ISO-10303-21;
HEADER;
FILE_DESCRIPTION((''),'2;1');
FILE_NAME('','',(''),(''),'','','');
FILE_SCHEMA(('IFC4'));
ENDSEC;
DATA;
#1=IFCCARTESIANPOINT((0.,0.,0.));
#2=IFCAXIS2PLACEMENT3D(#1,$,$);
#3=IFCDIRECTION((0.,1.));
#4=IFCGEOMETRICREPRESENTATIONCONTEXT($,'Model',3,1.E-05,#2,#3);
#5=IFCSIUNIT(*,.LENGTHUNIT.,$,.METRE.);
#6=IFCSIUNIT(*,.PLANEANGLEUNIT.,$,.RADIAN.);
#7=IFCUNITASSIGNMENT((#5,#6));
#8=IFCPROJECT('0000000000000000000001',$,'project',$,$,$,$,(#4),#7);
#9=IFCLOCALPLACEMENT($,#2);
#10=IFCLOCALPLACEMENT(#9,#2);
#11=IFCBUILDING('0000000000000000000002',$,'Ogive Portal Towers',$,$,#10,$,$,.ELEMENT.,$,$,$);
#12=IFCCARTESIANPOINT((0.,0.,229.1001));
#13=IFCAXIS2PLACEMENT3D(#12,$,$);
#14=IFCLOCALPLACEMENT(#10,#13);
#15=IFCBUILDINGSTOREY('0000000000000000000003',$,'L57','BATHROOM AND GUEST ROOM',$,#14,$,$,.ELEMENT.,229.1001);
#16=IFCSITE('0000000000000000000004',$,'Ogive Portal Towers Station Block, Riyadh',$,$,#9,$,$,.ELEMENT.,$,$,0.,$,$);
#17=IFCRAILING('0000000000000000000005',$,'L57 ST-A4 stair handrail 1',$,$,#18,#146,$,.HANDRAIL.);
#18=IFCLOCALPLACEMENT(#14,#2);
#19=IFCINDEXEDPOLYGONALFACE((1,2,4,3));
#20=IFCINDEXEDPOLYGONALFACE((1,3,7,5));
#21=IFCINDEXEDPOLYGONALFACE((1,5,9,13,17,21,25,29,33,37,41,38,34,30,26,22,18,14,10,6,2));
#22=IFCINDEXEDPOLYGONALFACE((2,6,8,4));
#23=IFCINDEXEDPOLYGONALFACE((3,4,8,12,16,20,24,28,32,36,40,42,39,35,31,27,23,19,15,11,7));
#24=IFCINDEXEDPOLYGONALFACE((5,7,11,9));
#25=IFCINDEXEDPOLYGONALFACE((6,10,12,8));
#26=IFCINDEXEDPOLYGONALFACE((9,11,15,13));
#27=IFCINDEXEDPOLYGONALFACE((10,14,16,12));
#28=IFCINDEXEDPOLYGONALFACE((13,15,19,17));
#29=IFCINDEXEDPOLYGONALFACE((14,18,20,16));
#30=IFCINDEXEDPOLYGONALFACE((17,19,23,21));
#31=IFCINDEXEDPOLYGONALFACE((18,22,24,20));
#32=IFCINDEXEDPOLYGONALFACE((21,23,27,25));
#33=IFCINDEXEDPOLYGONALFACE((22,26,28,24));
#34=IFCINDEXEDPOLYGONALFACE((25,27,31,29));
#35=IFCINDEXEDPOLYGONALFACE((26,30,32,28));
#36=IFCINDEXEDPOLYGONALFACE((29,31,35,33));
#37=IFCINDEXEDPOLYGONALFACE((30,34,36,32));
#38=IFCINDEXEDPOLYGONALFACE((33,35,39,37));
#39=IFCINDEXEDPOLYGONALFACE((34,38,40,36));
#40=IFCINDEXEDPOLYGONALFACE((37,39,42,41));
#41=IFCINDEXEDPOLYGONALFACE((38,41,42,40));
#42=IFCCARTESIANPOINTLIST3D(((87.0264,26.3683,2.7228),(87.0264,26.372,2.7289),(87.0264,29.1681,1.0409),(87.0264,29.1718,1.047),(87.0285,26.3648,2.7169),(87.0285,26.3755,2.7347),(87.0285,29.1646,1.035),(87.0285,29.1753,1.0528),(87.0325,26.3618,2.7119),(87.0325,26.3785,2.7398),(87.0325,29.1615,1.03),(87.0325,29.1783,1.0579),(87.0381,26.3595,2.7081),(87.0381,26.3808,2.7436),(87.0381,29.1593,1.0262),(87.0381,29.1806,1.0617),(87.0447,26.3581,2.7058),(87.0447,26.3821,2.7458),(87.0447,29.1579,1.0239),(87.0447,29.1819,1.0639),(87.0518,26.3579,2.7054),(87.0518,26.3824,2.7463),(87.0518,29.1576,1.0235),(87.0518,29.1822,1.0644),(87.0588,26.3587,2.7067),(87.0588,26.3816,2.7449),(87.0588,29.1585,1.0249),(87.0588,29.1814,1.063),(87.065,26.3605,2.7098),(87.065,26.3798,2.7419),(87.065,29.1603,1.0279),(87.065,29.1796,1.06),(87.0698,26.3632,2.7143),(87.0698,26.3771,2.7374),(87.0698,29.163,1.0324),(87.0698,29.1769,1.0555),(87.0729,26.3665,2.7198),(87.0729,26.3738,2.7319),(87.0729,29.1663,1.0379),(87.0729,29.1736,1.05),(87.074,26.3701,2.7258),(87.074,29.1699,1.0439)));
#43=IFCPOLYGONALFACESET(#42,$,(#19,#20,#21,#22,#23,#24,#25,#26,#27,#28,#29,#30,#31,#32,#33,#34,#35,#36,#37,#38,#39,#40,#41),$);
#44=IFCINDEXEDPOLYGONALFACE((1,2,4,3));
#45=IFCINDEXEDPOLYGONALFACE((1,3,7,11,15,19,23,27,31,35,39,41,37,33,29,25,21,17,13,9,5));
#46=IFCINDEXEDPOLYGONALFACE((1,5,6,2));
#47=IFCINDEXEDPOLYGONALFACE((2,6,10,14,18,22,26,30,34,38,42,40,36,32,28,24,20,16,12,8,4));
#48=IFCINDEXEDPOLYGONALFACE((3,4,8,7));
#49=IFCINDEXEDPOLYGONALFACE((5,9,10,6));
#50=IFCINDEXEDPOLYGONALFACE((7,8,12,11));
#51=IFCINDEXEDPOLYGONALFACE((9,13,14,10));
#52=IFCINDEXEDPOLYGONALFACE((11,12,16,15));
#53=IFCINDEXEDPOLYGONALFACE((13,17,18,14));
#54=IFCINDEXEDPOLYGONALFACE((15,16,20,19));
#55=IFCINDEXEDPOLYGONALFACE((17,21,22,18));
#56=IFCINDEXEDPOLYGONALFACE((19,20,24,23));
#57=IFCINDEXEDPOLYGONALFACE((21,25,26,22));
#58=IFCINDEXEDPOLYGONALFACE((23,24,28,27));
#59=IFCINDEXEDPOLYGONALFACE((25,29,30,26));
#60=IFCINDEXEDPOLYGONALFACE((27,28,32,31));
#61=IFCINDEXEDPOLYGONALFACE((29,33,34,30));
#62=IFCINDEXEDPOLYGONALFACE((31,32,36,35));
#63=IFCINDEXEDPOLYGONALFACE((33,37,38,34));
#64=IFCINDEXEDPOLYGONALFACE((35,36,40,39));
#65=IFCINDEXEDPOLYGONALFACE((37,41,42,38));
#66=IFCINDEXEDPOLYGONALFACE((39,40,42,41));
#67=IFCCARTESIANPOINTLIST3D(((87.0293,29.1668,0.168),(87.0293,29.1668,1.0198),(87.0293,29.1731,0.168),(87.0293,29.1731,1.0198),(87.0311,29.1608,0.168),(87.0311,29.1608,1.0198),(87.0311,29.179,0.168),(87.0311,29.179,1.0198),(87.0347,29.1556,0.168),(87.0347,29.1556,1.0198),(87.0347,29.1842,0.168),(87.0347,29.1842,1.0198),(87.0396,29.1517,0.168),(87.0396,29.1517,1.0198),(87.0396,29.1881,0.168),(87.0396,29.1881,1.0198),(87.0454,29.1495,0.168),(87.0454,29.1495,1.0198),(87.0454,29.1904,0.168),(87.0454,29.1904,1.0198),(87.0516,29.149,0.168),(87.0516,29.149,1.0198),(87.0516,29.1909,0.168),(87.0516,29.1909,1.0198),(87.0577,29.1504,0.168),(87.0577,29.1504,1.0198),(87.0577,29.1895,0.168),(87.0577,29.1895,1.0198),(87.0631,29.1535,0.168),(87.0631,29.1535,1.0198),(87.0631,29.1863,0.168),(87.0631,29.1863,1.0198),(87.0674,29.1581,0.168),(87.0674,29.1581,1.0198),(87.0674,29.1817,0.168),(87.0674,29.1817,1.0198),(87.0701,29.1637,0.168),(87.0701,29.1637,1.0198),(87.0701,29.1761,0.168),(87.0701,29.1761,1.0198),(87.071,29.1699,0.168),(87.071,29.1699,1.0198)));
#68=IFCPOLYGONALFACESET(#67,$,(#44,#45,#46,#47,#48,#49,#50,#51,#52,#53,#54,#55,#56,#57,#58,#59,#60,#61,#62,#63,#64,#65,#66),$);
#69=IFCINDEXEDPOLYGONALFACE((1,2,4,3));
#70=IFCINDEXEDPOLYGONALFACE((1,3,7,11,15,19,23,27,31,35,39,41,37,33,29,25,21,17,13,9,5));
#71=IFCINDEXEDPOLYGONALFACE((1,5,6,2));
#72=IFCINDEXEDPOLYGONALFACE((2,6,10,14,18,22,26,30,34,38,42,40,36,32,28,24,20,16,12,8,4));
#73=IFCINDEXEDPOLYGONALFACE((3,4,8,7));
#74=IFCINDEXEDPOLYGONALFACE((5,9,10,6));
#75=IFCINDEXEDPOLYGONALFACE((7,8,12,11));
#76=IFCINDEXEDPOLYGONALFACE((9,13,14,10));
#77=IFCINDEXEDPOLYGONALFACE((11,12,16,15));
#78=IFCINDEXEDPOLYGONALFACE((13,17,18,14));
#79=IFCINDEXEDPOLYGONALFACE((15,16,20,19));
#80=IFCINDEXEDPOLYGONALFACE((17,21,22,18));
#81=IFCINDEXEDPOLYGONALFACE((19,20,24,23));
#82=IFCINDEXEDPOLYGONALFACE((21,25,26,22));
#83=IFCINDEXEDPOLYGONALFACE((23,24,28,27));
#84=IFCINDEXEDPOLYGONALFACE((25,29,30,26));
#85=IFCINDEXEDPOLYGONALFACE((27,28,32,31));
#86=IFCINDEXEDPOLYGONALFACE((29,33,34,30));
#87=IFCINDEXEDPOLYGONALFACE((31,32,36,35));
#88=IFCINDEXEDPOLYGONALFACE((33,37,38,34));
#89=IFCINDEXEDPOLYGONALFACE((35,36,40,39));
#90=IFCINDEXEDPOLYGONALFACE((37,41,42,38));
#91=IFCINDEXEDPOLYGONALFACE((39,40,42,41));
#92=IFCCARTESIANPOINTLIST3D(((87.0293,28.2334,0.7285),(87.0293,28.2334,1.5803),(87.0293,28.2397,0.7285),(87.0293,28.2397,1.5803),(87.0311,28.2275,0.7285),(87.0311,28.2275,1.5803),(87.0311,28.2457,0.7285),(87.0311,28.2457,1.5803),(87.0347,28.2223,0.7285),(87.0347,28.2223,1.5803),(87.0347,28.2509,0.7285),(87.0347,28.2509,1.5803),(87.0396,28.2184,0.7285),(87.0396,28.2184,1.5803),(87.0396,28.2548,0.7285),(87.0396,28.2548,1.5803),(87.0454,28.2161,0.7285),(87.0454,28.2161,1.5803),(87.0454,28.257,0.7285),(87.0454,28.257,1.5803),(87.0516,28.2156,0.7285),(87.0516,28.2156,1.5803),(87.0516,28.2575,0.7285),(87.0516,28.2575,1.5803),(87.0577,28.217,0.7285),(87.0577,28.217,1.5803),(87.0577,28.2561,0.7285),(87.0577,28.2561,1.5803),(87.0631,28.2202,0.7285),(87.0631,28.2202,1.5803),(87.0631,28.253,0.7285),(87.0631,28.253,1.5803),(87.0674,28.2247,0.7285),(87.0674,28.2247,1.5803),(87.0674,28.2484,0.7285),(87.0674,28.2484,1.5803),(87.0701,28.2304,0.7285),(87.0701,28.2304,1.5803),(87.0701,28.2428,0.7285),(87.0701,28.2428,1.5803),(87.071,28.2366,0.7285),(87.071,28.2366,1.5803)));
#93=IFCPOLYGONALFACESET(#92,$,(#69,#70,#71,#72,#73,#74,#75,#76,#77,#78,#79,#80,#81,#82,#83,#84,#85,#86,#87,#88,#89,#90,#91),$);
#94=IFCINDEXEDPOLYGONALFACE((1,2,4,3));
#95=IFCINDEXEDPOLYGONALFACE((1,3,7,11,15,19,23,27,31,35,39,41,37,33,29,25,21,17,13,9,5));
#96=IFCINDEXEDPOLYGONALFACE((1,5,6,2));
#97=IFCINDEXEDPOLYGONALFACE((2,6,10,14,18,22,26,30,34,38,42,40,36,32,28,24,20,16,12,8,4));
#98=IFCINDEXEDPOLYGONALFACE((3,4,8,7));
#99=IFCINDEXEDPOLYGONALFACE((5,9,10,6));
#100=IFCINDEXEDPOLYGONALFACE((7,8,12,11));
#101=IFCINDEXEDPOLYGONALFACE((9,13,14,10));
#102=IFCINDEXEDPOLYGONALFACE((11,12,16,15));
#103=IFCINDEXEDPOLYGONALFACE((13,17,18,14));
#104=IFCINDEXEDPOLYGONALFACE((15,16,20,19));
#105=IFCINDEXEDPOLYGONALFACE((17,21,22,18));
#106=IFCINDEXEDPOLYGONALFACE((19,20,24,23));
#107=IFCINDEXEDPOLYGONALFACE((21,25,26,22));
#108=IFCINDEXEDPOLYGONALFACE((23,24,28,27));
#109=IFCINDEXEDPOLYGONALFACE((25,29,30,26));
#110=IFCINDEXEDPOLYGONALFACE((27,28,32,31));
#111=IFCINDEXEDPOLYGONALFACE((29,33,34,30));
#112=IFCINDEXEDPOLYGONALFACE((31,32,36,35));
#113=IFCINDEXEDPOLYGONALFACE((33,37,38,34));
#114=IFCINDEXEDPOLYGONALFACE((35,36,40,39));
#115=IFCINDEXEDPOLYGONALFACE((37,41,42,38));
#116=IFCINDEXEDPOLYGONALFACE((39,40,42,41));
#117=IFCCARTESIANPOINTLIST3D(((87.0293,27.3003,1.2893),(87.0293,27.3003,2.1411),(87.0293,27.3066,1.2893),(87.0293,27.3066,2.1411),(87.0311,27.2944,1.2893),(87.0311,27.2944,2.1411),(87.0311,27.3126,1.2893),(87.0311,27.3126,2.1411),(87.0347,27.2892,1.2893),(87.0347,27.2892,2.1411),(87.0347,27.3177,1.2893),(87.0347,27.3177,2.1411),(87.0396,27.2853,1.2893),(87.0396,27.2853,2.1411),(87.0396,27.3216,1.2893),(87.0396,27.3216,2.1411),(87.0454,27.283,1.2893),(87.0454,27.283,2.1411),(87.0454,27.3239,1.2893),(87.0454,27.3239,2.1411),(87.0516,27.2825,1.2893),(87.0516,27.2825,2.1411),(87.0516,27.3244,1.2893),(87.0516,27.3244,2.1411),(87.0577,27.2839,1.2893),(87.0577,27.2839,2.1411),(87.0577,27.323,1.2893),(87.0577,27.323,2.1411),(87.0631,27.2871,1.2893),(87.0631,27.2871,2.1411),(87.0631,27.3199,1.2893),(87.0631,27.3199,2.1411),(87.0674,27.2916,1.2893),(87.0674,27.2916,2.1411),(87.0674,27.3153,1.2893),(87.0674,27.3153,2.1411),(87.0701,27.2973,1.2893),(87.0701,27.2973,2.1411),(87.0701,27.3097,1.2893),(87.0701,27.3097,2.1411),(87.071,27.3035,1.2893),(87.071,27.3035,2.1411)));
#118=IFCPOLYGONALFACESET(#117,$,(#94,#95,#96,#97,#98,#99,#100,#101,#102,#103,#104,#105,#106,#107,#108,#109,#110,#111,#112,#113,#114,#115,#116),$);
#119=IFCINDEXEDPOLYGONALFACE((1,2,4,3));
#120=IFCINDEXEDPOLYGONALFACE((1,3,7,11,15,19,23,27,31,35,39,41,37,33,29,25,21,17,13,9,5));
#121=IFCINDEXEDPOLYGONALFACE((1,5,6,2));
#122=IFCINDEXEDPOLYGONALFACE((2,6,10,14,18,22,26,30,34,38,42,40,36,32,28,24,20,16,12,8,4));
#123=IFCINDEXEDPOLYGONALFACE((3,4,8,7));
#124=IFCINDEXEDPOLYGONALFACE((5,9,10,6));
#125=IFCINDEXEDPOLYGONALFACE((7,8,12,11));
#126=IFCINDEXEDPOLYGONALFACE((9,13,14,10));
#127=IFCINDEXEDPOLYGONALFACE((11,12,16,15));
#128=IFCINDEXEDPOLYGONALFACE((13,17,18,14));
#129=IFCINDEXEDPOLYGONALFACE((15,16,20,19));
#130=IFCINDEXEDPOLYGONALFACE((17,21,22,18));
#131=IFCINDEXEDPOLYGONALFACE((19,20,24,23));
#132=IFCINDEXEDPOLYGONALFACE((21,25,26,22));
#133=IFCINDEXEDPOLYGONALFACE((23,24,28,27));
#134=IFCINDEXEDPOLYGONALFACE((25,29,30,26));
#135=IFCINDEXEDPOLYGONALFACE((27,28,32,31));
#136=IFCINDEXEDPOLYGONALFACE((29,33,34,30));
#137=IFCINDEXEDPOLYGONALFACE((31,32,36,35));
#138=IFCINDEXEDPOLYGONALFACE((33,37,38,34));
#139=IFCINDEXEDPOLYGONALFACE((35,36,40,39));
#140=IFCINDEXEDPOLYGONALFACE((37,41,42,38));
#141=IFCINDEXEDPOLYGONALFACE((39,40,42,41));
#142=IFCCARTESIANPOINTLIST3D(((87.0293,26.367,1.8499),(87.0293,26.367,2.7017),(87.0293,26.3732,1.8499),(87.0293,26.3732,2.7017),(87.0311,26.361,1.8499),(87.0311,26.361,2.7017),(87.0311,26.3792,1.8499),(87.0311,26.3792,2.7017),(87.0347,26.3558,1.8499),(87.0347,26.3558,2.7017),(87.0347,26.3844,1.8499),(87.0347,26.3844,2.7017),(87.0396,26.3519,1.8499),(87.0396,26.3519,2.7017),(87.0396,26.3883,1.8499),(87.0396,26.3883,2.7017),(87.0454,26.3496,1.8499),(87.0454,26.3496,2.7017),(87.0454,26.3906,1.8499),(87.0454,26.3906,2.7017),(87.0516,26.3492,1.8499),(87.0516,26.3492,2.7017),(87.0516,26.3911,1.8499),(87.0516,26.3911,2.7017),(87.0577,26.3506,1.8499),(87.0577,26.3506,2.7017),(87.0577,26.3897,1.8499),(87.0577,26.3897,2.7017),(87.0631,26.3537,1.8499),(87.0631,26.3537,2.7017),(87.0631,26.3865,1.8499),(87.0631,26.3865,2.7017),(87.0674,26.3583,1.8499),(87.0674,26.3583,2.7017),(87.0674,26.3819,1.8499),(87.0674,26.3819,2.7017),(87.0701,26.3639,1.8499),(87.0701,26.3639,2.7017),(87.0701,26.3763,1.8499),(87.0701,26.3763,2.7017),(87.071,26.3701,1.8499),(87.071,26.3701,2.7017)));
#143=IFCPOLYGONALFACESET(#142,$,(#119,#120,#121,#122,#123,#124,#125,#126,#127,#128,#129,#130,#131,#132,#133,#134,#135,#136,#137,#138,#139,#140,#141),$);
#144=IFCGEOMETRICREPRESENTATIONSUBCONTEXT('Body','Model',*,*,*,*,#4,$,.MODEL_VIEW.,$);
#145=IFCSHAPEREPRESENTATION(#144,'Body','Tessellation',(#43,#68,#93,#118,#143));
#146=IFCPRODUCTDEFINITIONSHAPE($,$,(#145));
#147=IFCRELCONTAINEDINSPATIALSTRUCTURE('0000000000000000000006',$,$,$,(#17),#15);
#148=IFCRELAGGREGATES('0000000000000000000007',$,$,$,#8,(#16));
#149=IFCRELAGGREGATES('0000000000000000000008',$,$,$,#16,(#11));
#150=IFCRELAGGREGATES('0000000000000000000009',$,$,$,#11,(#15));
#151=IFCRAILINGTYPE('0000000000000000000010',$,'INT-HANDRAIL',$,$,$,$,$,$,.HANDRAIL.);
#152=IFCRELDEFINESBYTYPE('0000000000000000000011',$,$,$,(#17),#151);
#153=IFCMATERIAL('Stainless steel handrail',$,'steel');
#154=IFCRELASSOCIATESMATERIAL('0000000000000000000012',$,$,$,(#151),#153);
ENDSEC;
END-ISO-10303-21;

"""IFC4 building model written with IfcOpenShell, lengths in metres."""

from ifc_helpers import new_model, si_unit, direction, frame, origin, origin_2d, place, context, subcontext, project, spatial, circle, extrude, material, type_object, element, save


model = new_model("IFC4")

# Units and contexts
model_context = context("Model", 3, precision=1e-05, world=origin(), true_north=direction((0.0, 1.0)))
body_context = subcontext(model_context, "Body", "Model", "MODEL_VIEW")
ifc_project = project(units=[si_unit("LENGTHUNIT", "METRE"), si_unit("PLANEANGLEUNIT", "RADIAN")], contexts=[model_context])

# Site, building, storey
site_placement = place(None, origin())
site = spatial("IfcSite", under=ifc_project, at=site_placement, Name="Ogive Portal Towers Station Block, Riyadh", CompositionType="ELEMENT", RefElevation=0.0)
building_placement = place(site_placement, origin())
building = spatial("IfcBuilding", under=site, at=building_placement, Name="Ogive Portal Towers", CompositionType="ELEMENT")
storey_placement = place(building_placement, frame((0.0, 0.0, 229.1001)))
storey = spatial("IfcBuildingStorey", under=building, at=storey_placement, Name="L57", Description="BATHROOM AND GUEST ROOM", CompositionType="ELEMENT", Elevation=229.1001)

# Railing
ifc_material_1 = material(Name="Stainless steel handrail", Category="steel")
railing_type_1 = type_object("IfcRailingType", Name="INT-HANDRAIL", PredefinedType="HANDRAIL", material=ifc_material_1)
railing_1_placement = place(storey_placement, frame((87.05, 29.1699, 0.168)))
element("IfcRailing", 1, at=railing_1_placement, inside=storey, type_object=railing_type_1, Name="L57 ST-A4 stair handrail 1", PredefinedType="HANDRAIL", context=body_context, shape_type="SweptSolid", body=[
    extrude(circle(Radius=0.0239, at=origin_2d()), frame((0.0, 0.0, 0.876), z_axis=(0.0, -0.857222, 0.514946), x_axis=(1.0, 0.0, 0.0)), (0.0, 0.0, 1.0), 3.2661),
    extrude(circle(Radius=0.021, at=origin_2d()), origin(), (0.0, 0.0, 1.0), 0.8518),
    extrude(circle(Radius=0.021, at=origin_2d()), frame((0.0, -0.9333, 0.5605)), (0.0, 0.0, 1.0), 0.8518),
    extrude(circle(Radius=0.021, at=origin_2d()), frame((0.0, -1.8665, 1.1213)), (0.0, 0.0, 1.0), 0.8518),
    extrude(circle(Radius=0.021, at=origin_2d()), frame((0.0, -2.7998, 1.6819)), (0.0, 0.0, 1.0), 0.8518),
])

save(model, "model.ifc")
